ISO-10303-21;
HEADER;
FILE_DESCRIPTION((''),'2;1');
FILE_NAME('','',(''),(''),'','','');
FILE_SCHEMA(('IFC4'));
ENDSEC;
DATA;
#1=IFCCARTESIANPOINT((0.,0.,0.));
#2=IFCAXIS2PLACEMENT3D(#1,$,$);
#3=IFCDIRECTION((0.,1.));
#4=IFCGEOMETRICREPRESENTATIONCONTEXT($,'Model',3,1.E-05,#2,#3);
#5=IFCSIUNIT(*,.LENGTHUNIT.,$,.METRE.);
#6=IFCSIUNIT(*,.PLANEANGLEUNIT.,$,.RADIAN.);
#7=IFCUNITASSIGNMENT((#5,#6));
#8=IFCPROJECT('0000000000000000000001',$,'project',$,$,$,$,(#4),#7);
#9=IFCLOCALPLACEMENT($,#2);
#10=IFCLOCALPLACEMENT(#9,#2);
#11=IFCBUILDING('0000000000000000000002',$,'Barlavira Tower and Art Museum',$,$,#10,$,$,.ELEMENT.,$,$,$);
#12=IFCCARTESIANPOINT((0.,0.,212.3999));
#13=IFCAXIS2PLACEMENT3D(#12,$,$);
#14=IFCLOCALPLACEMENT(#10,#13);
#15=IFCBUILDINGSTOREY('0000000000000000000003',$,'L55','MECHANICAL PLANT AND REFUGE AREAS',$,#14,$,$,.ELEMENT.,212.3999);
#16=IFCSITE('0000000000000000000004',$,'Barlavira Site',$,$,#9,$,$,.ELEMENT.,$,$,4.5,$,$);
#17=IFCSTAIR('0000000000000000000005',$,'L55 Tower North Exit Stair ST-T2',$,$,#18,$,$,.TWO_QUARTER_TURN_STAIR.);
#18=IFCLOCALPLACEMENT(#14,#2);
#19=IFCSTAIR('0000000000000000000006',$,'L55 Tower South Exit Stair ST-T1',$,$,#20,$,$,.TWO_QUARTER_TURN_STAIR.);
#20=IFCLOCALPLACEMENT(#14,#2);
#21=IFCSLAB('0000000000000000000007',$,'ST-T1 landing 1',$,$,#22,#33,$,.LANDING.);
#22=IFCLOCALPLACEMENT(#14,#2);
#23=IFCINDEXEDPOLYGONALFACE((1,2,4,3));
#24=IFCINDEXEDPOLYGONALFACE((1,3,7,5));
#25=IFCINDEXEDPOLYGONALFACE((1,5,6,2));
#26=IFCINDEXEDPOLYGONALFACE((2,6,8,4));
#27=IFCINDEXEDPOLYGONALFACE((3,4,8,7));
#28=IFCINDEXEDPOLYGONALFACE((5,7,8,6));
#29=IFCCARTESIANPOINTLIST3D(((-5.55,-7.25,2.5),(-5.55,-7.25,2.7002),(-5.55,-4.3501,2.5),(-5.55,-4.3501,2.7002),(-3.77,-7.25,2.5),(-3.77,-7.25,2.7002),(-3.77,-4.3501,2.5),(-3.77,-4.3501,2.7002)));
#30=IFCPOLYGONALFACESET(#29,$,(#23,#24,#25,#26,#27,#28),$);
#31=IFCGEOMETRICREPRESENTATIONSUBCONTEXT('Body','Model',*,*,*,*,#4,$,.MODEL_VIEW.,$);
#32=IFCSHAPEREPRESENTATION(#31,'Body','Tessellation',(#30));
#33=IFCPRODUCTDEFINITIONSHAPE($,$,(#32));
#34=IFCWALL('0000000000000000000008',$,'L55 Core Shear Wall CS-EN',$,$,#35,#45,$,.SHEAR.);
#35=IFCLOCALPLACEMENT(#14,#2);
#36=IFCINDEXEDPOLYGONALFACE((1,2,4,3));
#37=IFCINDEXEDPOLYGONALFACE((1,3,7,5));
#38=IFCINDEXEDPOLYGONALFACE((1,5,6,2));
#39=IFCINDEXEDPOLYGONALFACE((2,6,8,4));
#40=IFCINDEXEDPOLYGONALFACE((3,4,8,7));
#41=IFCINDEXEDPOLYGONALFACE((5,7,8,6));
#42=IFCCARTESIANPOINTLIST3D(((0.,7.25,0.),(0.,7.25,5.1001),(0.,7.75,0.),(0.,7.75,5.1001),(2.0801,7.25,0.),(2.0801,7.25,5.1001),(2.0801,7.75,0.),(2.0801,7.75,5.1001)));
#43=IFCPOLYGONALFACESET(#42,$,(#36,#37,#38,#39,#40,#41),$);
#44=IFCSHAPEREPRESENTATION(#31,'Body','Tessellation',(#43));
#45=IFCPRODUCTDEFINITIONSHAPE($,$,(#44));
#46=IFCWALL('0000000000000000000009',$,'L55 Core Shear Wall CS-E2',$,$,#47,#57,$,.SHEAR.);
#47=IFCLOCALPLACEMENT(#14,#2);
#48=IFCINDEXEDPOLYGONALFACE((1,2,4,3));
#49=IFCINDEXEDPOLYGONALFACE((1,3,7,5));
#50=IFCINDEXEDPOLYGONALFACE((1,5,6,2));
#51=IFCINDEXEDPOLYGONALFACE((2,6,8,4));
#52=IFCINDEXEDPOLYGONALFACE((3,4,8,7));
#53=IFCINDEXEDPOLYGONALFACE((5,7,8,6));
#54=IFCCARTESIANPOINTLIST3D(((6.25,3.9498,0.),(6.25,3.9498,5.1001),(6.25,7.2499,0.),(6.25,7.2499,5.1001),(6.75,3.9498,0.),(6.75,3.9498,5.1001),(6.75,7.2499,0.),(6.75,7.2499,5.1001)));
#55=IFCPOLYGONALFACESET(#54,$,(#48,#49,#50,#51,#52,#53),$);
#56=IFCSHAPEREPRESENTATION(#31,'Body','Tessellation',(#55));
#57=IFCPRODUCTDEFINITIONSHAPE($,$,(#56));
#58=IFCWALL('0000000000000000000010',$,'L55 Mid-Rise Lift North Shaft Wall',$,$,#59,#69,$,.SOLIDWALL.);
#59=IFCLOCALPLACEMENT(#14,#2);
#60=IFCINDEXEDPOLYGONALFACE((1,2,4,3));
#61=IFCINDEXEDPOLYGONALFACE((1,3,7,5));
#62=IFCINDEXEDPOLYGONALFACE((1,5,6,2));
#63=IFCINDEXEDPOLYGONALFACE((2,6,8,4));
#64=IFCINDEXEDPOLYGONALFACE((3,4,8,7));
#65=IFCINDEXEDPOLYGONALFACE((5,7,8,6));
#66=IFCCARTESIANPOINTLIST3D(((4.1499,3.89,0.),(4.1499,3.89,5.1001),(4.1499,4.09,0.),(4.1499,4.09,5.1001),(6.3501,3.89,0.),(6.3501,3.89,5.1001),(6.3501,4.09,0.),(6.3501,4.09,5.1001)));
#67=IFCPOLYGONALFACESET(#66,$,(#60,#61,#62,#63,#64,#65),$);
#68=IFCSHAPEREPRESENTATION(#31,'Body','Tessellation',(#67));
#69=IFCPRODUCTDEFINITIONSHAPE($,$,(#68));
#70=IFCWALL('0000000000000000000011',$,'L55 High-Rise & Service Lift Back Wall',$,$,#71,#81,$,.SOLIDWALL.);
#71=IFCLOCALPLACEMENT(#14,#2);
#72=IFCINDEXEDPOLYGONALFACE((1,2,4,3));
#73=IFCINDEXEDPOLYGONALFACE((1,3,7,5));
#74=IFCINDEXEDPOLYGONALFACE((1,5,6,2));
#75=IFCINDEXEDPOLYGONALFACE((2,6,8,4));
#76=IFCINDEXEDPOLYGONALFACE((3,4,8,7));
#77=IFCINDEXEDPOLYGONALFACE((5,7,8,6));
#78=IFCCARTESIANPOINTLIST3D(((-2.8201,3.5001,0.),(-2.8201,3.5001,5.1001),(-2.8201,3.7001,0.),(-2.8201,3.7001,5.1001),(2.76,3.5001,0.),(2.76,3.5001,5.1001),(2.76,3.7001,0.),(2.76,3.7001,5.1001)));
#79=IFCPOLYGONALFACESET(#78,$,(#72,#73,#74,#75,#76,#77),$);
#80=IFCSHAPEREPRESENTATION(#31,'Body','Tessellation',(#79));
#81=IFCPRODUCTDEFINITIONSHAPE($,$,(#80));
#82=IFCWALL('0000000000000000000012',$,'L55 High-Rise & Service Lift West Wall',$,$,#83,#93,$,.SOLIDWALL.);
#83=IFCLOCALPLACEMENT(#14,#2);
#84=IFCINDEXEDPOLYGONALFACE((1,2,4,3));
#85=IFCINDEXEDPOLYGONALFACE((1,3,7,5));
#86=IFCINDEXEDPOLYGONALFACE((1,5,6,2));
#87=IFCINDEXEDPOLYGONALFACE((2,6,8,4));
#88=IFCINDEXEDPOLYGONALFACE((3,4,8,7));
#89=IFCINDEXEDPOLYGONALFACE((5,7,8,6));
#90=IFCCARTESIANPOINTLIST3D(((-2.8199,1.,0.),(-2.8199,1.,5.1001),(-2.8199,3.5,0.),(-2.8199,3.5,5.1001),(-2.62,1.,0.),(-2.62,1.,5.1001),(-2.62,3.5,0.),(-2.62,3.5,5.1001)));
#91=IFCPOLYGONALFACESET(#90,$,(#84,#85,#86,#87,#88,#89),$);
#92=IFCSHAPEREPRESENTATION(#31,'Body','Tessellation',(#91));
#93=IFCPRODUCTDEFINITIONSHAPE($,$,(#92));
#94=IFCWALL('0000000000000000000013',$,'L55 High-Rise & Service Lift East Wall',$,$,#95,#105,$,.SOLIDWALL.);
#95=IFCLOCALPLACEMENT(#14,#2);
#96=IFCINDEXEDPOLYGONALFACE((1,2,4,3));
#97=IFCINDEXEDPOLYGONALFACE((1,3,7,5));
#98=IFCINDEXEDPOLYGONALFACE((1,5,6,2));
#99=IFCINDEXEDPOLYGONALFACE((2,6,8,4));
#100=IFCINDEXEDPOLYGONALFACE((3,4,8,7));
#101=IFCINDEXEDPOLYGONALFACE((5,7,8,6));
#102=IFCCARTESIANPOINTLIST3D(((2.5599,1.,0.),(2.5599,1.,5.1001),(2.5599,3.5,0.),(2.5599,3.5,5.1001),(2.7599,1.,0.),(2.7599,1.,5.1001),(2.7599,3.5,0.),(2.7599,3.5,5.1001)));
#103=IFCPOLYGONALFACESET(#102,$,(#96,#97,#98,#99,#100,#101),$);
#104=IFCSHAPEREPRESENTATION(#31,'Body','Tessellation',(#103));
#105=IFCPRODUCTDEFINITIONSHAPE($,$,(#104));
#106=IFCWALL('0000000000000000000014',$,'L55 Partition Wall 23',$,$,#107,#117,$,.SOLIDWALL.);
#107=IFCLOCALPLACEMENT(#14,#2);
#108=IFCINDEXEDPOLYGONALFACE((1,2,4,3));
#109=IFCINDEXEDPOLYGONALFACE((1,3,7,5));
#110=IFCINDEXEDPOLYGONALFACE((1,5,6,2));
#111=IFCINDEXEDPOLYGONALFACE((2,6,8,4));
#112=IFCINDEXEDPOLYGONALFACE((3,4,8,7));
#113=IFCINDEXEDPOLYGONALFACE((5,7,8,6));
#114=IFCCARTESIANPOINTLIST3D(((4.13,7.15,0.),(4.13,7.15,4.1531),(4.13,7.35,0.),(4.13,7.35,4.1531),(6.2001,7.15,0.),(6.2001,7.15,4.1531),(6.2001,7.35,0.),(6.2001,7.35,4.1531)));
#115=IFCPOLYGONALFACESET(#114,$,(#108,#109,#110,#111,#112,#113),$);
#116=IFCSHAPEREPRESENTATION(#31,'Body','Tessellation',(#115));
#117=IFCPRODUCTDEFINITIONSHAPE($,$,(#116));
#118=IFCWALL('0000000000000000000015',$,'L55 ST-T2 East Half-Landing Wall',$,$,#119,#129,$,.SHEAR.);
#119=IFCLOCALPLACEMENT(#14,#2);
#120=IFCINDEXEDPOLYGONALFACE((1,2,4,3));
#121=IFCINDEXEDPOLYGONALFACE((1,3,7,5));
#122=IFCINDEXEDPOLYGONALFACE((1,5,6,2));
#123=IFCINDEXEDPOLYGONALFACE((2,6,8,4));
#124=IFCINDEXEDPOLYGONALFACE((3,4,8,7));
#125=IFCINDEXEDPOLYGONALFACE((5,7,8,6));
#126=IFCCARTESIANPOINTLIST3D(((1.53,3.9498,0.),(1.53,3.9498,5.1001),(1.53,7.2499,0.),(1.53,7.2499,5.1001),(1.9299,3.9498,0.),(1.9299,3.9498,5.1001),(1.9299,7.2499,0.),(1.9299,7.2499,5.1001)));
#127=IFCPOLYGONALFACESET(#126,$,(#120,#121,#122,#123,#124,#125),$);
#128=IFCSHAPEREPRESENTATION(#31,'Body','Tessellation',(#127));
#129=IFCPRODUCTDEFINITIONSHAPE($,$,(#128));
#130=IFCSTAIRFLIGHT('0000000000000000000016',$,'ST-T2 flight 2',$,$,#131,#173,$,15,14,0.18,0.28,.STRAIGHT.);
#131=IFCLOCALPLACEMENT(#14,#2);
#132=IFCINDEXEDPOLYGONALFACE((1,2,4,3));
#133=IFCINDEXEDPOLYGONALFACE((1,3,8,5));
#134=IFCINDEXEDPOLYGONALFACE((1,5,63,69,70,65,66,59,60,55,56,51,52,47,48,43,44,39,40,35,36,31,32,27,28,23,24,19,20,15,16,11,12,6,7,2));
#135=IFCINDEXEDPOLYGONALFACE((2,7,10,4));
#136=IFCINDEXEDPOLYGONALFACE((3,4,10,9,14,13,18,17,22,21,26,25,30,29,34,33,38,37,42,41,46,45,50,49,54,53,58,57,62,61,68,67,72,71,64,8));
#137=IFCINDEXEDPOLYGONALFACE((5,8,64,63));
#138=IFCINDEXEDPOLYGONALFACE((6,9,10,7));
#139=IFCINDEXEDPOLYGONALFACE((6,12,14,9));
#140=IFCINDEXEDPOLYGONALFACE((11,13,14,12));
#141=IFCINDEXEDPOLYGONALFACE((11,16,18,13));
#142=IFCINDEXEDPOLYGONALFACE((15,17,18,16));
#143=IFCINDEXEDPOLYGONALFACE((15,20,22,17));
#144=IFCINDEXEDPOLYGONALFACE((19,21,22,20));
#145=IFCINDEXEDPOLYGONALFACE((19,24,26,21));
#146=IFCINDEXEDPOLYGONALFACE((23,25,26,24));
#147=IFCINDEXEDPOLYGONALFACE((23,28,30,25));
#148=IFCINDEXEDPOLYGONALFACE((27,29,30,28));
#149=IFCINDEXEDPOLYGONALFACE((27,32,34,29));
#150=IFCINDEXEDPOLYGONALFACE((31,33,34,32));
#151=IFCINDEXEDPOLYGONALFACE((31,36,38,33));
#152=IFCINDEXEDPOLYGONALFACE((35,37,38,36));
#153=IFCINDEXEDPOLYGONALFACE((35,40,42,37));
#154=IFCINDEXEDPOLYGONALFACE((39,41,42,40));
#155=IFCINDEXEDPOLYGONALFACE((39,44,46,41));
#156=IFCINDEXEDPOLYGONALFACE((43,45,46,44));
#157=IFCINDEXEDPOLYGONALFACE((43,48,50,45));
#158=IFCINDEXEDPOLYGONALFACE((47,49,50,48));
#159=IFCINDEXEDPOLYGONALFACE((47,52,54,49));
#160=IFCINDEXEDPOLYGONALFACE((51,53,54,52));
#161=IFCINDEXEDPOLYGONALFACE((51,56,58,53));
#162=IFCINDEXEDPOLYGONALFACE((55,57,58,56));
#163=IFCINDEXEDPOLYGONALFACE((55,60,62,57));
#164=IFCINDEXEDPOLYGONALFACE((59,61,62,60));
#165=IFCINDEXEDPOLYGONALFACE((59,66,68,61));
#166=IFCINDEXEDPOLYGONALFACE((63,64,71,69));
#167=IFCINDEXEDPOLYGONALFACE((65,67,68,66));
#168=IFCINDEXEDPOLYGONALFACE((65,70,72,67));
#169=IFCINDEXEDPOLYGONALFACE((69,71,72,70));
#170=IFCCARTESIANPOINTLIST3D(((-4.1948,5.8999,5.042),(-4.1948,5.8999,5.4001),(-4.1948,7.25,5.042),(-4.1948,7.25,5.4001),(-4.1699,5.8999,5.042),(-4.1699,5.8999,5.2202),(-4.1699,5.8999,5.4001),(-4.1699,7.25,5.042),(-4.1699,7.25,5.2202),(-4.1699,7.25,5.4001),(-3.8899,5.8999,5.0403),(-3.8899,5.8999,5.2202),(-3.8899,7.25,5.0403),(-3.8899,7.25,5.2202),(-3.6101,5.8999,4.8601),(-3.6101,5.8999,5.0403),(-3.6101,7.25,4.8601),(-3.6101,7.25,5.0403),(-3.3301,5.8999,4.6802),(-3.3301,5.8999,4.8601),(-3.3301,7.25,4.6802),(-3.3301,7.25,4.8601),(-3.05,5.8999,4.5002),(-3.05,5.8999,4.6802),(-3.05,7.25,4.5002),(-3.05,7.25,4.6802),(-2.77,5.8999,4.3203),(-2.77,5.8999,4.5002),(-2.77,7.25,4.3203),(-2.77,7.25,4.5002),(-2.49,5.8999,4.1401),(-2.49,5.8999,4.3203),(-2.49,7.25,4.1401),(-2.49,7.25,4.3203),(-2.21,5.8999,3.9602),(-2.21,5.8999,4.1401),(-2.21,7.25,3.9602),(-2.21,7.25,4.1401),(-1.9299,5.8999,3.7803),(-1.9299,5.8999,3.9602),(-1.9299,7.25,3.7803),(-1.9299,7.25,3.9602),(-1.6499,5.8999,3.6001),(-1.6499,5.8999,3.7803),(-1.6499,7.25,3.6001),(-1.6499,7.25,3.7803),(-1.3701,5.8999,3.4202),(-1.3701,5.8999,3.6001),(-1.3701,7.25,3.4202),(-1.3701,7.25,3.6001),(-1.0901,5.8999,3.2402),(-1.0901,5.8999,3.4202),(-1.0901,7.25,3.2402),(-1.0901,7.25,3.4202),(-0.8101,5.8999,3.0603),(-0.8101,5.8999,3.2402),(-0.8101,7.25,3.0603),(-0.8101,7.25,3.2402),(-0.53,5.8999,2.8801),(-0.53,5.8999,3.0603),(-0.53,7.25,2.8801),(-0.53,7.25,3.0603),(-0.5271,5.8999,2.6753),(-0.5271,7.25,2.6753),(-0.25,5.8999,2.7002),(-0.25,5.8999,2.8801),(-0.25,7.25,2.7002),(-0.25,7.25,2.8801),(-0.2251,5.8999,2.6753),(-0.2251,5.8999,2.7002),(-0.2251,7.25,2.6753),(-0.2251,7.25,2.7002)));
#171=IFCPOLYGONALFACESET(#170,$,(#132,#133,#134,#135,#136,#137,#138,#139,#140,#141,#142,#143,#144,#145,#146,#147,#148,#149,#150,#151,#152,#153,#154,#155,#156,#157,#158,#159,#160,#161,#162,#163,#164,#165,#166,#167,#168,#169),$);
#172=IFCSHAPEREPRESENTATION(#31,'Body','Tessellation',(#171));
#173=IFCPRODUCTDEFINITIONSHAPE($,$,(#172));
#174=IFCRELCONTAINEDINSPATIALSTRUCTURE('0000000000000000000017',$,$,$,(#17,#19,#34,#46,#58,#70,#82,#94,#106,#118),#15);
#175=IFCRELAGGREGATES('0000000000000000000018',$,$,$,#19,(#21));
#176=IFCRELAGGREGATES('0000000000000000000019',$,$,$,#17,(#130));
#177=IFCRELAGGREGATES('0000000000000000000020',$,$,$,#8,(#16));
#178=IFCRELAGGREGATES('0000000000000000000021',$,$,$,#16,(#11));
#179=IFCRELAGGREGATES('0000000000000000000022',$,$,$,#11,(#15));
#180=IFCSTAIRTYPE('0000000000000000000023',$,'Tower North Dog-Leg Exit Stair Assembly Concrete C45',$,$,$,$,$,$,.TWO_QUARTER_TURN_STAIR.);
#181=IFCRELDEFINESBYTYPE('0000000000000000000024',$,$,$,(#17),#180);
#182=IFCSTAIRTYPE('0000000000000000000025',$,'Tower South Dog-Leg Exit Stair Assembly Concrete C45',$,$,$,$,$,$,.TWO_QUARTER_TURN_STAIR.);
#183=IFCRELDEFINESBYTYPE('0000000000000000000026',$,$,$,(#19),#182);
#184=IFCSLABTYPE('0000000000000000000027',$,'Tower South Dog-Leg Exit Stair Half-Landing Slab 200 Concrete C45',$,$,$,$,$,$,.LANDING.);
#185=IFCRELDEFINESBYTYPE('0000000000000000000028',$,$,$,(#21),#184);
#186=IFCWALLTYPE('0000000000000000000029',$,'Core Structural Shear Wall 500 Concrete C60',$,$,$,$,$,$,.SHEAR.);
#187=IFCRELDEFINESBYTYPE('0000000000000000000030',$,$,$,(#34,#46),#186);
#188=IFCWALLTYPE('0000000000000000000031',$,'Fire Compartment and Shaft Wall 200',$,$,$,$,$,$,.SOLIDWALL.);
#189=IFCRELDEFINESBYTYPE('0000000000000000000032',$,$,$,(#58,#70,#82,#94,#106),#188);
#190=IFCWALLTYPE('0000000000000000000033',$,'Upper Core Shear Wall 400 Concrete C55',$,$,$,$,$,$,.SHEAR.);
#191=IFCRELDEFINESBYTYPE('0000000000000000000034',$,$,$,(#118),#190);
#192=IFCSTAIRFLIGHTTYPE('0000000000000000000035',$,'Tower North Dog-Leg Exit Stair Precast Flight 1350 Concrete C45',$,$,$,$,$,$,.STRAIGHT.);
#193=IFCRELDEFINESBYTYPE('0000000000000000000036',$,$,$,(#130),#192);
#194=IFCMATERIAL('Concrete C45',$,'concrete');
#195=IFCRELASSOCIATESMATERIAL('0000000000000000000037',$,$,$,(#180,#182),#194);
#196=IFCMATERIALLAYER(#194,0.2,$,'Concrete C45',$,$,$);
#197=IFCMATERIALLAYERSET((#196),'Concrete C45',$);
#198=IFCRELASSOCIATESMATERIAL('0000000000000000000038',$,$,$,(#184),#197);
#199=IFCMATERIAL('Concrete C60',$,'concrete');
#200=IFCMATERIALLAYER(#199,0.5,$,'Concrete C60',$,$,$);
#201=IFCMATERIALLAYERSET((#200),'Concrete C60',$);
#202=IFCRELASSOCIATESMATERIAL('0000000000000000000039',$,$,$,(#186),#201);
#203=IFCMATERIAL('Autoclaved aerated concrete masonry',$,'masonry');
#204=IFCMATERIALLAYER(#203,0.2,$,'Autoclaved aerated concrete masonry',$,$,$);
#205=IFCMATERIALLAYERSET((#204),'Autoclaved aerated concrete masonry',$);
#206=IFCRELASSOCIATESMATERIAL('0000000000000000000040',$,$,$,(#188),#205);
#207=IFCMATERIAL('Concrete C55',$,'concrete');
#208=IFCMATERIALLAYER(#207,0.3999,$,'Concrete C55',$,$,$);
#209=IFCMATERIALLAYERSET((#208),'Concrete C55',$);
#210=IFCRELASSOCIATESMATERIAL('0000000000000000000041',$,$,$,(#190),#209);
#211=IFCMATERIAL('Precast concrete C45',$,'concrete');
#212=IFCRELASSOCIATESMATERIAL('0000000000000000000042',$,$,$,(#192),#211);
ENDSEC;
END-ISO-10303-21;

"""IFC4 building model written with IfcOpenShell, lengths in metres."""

from ifc_helpers import new_model, si_unit, direction, frame, frame_2d, origin, place, context, subcontext, project, spatial, polyline, rectangle, outline, extrude, material, layer, layer_set, type_object, element, aggregate, save


model = new_model("IFC4")

# Units and contexts
model_context = context("Model", 3, precision=1e-05, world=origin(), true_north=direction((0.0, 1.0)))
body_context = subcontext(model_context, "Body", "Model", "MODEL_VIEW")
ifc_project = project(units=[si_unit("LENGTHUNIT", "METRE"), si_unit("PLANEANGLEUNIT", "RADIAN")], contexts=[model_context])

# Site, building, storey
site_placement = place(None, origin())
site = spatial("IfcSite", under=ifc_project, at=site_placement, Name="Barlavira Site", CompositionType="ELEMENT", RefElevation=4.5)
building_placement = place(site_placement, origin())
building = spatial("IfcBuilding", under=site, at=building_placement, Name="Barlavira Tower and Art Museum", CompositionType="ELEMENT")
storey_placement = place(building_placement, frame((0.0, 0.0, 212.3999)))
storey = spatial("IfcBuildingStorey", under=building, at=storey_placement, Name="L55", Description="MECHANICAL PLANT AND REFUGE AREAS", CompositionType="ELEMENT", Elevation=212.3999)

# Shared definitions
ifc_material_1 = material(Name="Concrete C55", Category="concrete")

# Stairs, slab
ifc_material_2 = material(Name="Concrete C45", Category="concrete")
stair_type_1 = type_object("IfcStairType", Name="Tower North Dog-Leg Exit Stair Assembly Concrete C45", PredefinedType="TWO_QUARTER_TURN_STAIR", material=ifc_material_2)
stair_1_placement = place(storey_placement, origin())
stair_1 = element("IfcStair", 1, at=stair_1_placement, inside=storey, type_object=stair_type_1, Name="L55 Tower North Exit Stair ST-T2", PredefinedType="TWO_QUARTER_TURN_STAIR")
stair_type_2 = type_object("IfcStairType", Name="Tower South Dog-Leg Exit Stair Assembly Concrete C45", PredefinedType="TWO_QUARTER_TURN_STAIR", material=ifc_material_2)
stair_2_placement = place(storey_placement, origin())
stair_2 = element("IfcStair", 2, at=stair_2_placement, inside=storey, type_object=stair_type_2, Name="L55 Tower South Exit Stair ST-T1", PredefinedType="TWO_QUARTER_TURN_STAIR")
ifc_layer_1 = layer(ifc_material_2, 0.2, Name="Concrete C45")
ifc_layer_set_1 = layer_set([ifc_layer_1], Name="Concrete C45")
slab_type_1 = type_object("IfcSlabType", Name="Tower South Dog-Leg Exit Stair Half-Landing Slab 200 Concrete C45", PredefinedType="LANDING", material=ifc_layer_set_1)
slab_1_placement = place(storey_placement, frame((0.0, 0.0, 2.5)))
slab_1 = element("IfcSlab", 3, at=slab_1_placement, type_object=slab_type_1, Name="ST-T1 landing 1", PredefinedType="LANDING", context=body_context, shape_type="SweptSolid", body=[
    extrude(outline(polyline([(-3.77, -4.3501), (-5.55, -4.3501), (-5.55, -7.25), (-3.77, -7.25), (-3.77, -4.3501)])), origin(), (0.0, 0.0, 1.0), 0.2002),
])
aggregate(stair_2, [slab_1])

# Walls
ifc_material_3 = material(Name="Concrete C60", Category="concrete")
ifc_layer_2 = layer(ifc_material_3, 0.5, Name="Concrete C60")
ifc_layer_set_2 = layer_set([ifc_layer_2], Name="Concrete C60")
wall_type_1 = type_object("IfcWallType", Name="Core Structural Shear Wall 500 Concrete C60", PredefinedType="SHEAR", material=ifc_layer_set_2)
wall_1_placement = place(storey_placement, frame((0.0, 7.5, 0.0), z_axis=(0.0, 0.0, 1.0), x_axis=(1.0, 0.0, 0.0)))
element("IfcWall", 4, at=wall_1_placement, inside=storey, type_object=wall_type_1, Name="L55 Core Shear Wall CS-EN", PredefinedType="SHEAR", context=body_context, shape_type="SweptSolid", body=[
    extrude(rectangle(XDim=2.0801, YDim=0.5, at=frame_2d((1.04, 0.0))), origin(), (0.0, 0.0, 1.0), 5.1001),
])
wall_2_placement = place(storey_placement, frame((6.5, 3.95, 0.0), z_axis=(0.0, 0.0, 1.0), x_axis=(0.0, 1.0, 0.0)))
element("IfcWall", 5, at=wall_2_placement, inside=storey, type_object=wall_type_1, Name="L55 Core Shear Wall CS-E2", PredefinedType="SHEAR", context=body_context, shape_type="SweptSolid", body=[
    extrude(rectangle(XDim=3.3, YDim=0.5, at=frame_2d((1.6499, 0.0))), origin(), (0.0, 0.0, 1.0), 5.1001),
])
ifc_material_4 = material(Name="Autoclaved aerated concrete masonry", Category="masonry")
ifc_layer_3 = layer(ifc_material_4, 0.2, Name="Autoclaved aerated concrete masonry")
ifc_layer_set_3 = layer_set([ifc_layer_3], Name="Autoclaved aerated concrete masonry")
wall_type_2 = type_object("IfcWallType", Name="Fire Compartment and Shaft Wall 200", PredefinedType="SOLIDWALL", material=ifc_layer_set_3)
wall_3_placement = place(storey_placement, frame((4.1499, 3.99, 0.0), z_axis=(0.0, 0.0, 1.0), x_axis=(1.0, 0.0, 0.0)))
element("IfcWall", 6, at=wall_3_placement, inside=storey, type_object=wall_type_2, Name="L55 Mid-Rise Lift North Shaft Wall", PredefinedType="SOLIDWALL", context=body_context, shape_type="SweptSolid", body=[
    extrude(rectangle(XDim=2.2002, YDim=0.2, at=frame_2d((1.1001, 0.0))), origin(), (0.0, 0.0, 1.0), 5.1001),
])
wall_4_placement = place(storey_placement, frame((-2.8201, 3.6001, 0.0), z_axis=(0.0, 0.0, 1.0), x_axis=(1.0, 0.0, 0.0)))
element("IfcWall", 7, at=wall_4_placement, inside=storey, type_object=wall_type_2, Name="L55 High-Rise & Service Lift Back Wall", PredefinedType="SOLIDWALL", context=body_context, shape_type="SweptSolid", body=[
    extrude(rectangle(XDim=5.5801, YDim=0.2, at=frame_2d((2.79, 0.0))), origin(), (0.0, 0.0, 1.0), 5.1001),
])
for number, where, z_axis, x_axis, name in (
    (8, (-2.72, 1.0, 0.0), (0.0, 0.0, 1.0), (0.0, 1.0, 0.0), "L55 High-Rise & Service Lift West Wall"),
    (9, (2.6599, 1.0, 0.0), (0.0, 0.0, 1.0), (0.0, 1.0, 0.0), "L55 High-Rise & Service Lift East Wall"),
):
    element("IfcWall", number, at=place(storey_placement, frame(where, z_axis=z_axis, x_axis=x_axis)), inside=storey, type_object=wall_type_2, Name=name, PredefinedType="SOLIDWALL", context=body_context, shape_type="SweptSolid", body=[
        extrude(rectangle(XDim=2.5, YDim=0.2, at=frame_2d((1.25, 0.0))), origin(), (0.0, 0.0, 1.0), 5.1001),
    ])

# Walls
wall_5_placement = place(storey_placement, frame((4.1299, 7.25, 0.0), z_axis=(0.0, 0.0, 1.0), x_axis=(1.0, 0.0, 0.0)))
element("IfcWall", 10, at=wall_5_placement, inside=storey, type_object=wall_type_2, Name="L55 Partition Wall 23", PredefinedType="SOLIDWALL", context=body_context, shape_type="SweptSolid", body=[
    extrude(rectangle(XDim=2.0701, YDim=0.2, at=frame_2d((1.0352, 0.0))), origin(), (0.0, 0.0, 1.0), 4.1531),
])
ifc_layer_4 = layer(ifc_material_1, 0.3999, Name="Concrete C55")
ifc_layer_set_4 = layer_set([ifc_layer_4], Name="Concrete C55")
wall_type_3 = type_object("IfcWallType", Name="Upper Core Shear Wall 400 Concrete C55", PredefinedType="SHEAR", material=ifc_layer_set_4)
wall_6_placement = place(storey_placement, frame((1.73, 3.95, 0.0), z_axis=(0.0, 0.0, 1.0), x_axis=(0.0, 1.0, 0.0)))
element("IfcWall", 11, at=wall_6_placement, inside=storey, type_object=wall_type_3, Name="L55 ST-T2 East Half-Landing Wall", PredefinedType="SHEAR", context=body_context, shape_type="SweptSolid", body=[
    extrude(rectangle(XDim=3.3, YDim=0.3999, at=frame_2d((1.6499, 0.0))), origin(), (0.0, 0.0, 1.0), 5.1001),
])

# Stair flight
ifc_material_5 = material(Name="Precast concrete C45", Category="concrete")
stair_flight_type = type_object("IfcStairFlightType", Name="Tower North Dog-Leg Exit Stair Precast Flight 1350 Concrete C45", PredefinedType="STRAIGHT", material=ifc_material_5)
stair_flight_placement = place(storey_placement, frame((-0.25, 6.575, 2.7002), z_axis=(0.0, 0.0, 1.0), x_axis=(-1.0, 0.0, 0.0)))
stair_flight = element("IfcStairFlight", 12, at=stair_flight_placement, type_object=stair_flight_type, Name="ST-T2 flight 2", NumberOfRisers=15, NumberOfTreads=14, PredefinedType="STRAIGHT", RiserHeight=0.18, TreadLength=0.28, context=body_context, shape_type="SweptSolid", body=[
    extrude(outline(polyline([(-0.0249, 0.0), (0.0, 0.0), (0.0, 0.1799), (0.28, 0.1799), (0.28, 0.3601), (0.5601, 0.3601), (0.5601, 0.54), (0.8401, 0.54), (0.8401, 0.72), (1.1201, 0.72), (1.1201, 0.8999), (1.3999, 0.8999), (1.3999, 1.0801), (1.6799, 1.0801), (1.6799, 1.26), (1.96, 1.26), (1.96, 1.4399), (2.24, 1.4399), (2.24, 1.6201), (2.52, 1.6201), (2.52, 1.8), (2.8, 1.8), (2.8, 1.98), (3.0801, 1.98), (3.0801, 2.1599), (3.3601, 2.1599), (3.3601, 2.3401), (3.6399, 2.3401), (3.6399, 2.52), (3.9199, 2.52), (3.9199, 2.7), (3.9448, 2.7), (3.9448, 2.3418), (3.9199, 2.3418), (0.2771, -0.0249), (-0.0249, -0.0249), (-0.0249, 0.0)])), frame((0.0, 0.675, 0.0), z_axis=(0.0, -1.0, 0.0), x_axis=(1.0, 0.0, 0.0)), (0.0, 0.0, 1.0), 1.3501),
])
aggregate(stair_1, [stair_flight])

save(model, "model.ifc")
